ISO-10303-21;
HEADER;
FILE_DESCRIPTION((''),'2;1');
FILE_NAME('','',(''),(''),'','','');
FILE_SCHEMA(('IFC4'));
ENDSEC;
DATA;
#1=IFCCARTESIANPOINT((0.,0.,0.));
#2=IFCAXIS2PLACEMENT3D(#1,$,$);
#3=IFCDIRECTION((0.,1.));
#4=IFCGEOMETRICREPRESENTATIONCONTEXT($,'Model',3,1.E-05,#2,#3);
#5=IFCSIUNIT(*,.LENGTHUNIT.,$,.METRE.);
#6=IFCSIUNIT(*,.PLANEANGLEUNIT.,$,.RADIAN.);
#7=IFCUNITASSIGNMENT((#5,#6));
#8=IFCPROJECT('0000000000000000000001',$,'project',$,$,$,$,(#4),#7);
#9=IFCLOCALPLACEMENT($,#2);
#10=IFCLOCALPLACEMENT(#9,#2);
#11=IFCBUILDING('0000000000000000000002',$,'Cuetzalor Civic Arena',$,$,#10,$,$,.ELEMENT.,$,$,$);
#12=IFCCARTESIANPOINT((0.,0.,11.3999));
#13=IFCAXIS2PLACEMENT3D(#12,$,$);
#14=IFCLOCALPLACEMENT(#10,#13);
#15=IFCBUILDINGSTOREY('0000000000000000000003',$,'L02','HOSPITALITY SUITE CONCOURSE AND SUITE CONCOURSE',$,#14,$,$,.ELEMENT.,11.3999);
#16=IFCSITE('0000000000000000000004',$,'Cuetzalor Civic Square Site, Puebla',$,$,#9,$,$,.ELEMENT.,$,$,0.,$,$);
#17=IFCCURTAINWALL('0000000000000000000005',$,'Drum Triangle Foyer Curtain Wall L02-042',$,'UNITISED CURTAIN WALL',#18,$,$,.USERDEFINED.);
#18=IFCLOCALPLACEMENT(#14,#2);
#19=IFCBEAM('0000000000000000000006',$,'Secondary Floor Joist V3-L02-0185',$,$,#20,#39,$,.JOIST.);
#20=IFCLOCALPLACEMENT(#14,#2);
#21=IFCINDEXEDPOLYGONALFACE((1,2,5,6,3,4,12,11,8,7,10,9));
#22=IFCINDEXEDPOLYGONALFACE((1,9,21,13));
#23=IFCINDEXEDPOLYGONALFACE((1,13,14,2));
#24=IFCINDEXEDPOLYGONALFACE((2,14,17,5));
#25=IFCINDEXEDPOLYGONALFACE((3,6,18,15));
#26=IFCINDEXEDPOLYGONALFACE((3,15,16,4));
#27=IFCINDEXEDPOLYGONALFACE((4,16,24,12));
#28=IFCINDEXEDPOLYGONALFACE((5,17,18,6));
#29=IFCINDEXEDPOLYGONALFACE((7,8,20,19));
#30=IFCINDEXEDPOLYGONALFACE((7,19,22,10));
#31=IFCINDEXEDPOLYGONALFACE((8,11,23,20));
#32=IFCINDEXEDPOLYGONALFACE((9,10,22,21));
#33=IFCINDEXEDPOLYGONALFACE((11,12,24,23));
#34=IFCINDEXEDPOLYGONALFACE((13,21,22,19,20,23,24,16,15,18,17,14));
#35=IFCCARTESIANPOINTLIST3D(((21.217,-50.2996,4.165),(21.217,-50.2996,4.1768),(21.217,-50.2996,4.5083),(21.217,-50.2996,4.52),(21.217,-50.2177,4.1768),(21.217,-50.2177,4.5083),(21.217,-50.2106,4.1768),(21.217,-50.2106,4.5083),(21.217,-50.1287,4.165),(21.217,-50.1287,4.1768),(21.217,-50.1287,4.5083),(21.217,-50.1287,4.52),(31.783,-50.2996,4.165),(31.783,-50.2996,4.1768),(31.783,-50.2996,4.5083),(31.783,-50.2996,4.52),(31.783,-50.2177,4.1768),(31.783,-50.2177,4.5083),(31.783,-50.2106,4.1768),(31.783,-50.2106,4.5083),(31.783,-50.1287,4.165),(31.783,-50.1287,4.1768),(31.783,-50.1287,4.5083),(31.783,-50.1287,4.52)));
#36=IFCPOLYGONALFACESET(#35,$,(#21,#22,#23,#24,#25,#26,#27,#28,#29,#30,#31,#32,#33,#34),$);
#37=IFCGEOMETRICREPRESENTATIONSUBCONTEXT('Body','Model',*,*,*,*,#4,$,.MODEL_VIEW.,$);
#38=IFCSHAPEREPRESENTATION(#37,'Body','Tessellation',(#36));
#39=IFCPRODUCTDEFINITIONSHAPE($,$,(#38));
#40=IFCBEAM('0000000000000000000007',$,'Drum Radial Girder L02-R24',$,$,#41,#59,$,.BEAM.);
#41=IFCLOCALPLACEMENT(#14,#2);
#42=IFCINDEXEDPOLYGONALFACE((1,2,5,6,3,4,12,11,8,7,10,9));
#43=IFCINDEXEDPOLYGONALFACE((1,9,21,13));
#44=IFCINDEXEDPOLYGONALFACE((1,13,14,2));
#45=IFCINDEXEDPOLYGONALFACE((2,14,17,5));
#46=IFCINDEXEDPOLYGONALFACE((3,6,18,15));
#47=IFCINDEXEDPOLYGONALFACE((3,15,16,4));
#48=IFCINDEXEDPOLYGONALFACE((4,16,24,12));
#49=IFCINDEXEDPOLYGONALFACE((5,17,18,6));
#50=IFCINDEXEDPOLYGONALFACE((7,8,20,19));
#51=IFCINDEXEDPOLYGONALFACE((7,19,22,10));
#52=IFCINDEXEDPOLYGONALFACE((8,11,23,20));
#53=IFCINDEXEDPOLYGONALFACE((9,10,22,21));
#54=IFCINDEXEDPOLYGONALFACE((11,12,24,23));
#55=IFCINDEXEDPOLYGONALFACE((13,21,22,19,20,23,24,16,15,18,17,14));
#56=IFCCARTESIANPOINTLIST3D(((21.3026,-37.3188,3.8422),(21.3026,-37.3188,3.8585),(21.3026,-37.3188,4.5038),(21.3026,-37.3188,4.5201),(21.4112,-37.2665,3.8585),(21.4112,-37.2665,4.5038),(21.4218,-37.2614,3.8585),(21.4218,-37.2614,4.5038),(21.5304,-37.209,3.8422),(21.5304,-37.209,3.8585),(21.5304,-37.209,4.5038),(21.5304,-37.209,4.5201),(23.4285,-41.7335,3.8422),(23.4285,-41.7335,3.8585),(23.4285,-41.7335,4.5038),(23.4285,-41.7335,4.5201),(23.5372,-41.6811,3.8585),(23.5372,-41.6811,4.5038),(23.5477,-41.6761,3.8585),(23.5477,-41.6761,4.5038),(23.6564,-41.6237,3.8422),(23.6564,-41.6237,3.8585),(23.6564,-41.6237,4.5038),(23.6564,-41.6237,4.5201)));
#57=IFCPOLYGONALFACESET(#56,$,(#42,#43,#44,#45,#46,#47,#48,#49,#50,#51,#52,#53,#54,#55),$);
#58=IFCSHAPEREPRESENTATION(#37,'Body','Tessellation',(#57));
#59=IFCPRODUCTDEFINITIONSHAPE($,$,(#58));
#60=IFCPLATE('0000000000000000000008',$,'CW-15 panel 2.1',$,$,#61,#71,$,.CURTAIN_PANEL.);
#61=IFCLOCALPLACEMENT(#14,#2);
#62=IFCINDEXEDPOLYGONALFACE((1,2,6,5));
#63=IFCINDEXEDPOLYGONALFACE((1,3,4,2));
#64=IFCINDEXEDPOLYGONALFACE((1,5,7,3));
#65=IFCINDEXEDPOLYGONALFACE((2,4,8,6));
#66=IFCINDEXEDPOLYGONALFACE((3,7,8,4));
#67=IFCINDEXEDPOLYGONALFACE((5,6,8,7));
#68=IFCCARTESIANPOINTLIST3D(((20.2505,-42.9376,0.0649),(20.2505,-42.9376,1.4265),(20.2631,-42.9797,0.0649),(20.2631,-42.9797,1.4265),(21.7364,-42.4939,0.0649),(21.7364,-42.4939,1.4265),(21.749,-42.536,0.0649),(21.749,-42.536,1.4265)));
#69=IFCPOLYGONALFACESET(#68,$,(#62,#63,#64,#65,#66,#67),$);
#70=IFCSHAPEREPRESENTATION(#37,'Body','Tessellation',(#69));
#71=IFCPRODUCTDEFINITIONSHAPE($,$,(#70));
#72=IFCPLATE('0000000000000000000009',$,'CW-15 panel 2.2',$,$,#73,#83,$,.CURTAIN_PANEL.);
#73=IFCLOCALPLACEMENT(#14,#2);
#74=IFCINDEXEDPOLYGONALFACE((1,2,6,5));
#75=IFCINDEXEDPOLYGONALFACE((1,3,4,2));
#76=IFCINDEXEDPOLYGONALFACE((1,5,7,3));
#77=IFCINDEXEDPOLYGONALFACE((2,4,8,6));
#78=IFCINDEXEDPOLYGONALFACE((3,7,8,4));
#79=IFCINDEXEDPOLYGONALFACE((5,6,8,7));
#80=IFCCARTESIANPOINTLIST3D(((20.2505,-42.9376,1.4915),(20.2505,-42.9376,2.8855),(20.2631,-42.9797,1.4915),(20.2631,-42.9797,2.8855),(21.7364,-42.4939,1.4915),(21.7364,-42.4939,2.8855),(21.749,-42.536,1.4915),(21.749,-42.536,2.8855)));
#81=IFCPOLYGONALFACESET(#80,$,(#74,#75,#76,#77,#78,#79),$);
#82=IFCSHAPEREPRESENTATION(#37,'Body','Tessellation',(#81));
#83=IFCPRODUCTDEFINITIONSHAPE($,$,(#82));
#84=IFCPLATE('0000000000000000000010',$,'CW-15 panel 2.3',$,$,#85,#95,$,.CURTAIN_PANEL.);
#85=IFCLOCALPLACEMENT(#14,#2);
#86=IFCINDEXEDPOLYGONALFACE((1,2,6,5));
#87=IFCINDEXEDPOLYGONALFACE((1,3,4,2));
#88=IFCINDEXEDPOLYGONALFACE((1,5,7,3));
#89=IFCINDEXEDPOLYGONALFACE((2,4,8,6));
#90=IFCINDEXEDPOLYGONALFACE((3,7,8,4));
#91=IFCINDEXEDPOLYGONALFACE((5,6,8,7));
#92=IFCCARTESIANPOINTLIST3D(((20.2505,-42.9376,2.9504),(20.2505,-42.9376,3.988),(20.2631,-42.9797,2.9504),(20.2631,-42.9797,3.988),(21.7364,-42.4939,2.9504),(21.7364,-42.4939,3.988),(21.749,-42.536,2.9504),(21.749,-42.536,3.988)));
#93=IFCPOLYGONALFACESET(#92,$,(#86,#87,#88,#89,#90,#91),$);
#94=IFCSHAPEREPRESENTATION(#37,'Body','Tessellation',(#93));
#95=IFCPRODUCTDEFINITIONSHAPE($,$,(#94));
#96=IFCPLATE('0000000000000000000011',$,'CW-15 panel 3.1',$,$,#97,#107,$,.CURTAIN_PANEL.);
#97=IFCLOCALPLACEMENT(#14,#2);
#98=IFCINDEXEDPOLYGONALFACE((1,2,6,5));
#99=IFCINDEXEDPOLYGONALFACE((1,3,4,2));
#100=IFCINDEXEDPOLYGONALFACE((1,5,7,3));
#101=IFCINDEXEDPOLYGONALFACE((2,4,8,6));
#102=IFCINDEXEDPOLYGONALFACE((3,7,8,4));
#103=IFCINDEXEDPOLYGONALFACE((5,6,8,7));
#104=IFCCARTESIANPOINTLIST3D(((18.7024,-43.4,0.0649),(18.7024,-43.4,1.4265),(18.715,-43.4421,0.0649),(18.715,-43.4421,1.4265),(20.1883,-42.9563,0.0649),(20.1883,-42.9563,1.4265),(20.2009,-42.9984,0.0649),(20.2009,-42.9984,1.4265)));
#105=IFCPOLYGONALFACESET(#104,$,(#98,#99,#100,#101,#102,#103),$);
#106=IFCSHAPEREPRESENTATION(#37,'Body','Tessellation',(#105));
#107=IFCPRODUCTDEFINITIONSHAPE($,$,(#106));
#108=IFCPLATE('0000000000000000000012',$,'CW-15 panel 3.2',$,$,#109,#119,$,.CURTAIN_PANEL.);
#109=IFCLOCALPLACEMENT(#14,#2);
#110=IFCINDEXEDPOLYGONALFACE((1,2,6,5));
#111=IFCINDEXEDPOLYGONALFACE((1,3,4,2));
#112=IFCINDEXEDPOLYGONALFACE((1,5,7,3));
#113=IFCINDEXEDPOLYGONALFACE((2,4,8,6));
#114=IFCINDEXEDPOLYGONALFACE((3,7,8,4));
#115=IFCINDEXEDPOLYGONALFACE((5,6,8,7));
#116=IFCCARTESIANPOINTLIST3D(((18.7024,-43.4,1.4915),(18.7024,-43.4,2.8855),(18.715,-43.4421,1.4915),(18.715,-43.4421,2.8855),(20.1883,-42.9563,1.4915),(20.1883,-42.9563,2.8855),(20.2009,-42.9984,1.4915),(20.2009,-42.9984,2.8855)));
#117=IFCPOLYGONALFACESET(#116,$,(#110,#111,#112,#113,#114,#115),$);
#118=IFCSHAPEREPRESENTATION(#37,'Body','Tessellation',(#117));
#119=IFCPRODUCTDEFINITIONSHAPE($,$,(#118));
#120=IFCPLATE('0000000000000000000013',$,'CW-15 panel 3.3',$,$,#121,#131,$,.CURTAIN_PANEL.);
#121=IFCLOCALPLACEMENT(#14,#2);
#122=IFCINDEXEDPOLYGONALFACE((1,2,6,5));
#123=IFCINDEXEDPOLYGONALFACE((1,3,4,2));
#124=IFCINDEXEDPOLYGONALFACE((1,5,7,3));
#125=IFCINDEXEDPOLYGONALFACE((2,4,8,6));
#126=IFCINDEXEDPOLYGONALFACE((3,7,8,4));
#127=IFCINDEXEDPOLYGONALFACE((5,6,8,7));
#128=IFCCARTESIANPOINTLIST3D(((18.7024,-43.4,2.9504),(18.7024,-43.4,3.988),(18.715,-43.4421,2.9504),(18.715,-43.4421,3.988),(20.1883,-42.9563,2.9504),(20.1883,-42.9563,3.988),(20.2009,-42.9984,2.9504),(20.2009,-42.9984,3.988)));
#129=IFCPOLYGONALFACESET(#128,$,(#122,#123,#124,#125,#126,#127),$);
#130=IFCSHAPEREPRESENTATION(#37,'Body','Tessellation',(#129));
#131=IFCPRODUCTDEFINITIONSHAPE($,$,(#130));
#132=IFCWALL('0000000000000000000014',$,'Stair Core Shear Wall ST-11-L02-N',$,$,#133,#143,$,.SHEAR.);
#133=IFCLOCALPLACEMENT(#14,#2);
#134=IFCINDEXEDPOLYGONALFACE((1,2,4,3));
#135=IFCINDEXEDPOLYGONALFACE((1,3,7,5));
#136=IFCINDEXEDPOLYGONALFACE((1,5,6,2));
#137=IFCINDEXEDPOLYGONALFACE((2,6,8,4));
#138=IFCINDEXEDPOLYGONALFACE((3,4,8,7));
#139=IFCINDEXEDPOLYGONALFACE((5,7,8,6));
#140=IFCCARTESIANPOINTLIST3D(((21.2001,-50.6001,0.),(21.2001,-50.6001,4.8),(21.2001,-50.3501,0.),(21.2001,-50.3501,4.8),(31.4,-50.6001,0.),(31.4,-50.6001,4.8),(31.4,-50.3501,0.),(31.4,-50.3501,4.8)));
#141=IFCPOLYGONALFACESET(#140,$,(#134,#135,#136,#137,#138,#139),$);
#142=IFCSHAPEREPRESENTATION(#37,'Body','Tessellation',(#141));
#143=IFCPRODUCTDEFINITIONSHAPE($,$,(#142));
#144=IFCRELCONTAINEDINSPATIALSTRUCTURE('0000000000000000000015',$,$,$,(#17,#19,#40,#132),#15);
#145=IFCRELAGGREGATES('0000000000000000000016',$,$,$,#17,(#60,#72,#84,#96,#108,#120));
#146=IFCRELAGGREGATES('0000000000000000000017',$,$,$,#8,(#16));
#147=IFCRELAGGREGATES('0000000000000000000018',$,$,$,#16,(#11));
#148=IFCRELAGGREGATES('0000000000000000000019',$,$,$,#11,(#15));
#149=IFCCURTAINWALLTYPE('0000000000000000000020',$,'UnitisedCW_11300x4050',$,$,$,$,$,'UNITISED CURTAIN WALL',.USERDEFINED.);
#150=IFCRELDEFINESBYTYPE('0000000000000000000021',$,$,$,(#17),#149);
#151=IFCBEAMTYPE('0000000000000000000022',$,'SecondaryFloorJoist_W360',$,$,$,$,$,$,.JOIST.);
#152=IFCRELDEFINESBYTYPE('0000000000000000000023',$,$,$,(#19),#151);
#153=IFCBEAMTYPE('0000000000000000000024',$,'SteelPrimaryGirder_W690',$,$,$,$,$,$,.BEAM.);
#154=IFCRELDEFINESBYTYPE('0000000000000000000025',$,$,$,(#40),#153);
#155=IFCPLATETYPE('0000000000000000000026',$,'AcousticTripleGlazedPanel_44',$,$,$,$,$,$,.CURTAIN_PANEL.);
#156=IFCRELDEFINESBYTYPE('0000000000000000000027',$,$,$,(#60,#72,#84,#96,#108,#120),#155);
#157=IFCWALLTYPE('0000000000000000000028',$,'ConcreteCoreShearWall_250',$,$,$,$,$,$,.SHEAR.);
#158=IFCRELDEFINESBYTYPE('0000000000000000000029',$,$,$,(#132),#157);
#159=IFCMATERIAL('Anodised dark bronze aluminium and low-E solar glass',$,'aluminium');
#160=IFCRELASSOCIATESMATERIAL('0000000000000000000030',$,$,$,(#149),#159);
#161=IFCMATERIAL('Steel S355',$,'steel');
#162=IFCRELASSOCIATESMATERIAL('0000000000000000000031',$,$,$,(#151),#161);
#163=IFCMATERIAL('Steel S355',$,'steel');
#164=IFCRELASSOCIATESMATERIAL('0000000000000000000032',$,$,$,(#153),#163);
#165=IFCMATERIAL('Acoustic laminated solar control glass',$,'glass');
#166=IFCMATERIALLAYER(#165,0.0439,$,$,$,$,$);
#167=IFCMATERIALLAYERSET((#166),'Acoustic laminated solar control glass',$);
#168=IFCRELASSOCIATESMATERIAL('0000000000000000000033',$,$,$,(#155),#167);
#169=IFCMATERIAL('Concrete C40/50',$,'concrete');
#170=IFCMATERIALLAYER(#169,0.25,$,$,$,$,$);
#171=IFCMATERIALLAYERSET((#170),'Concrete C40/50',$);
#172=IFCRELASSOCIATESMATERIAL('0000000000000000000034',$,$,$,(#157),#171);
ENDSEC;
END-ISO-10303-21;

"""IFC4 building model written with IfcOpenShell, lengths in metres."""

from ifc_helpers import new_model, si_unit, direction, frame, frame_2d, origin, origin_2d, place, context, subcontext, project, spatial, rectangle, i_section, extrude, material, layer, layer_set, material_profile, profile_set, type_object, element, aggregate, save


model = new_model("IFC4")

# Units and contexts
model_context = context("Model", 3, precision=1e-05, world=origin(), true_north=direction((0.0, 1.0)))
body_context = subcontext(model_context, "Body", "Model", "MODEL_VIEW")
ifc_project = project(units=[si_unit("LENGTHUNIT", "METRE"), si_unit("PLANEANGLEUNIT", "RADIAN")], contexts=[model_context])

# Site, building, storey
site_placement = place(None, origin())
site = spatial("IfcSite", under=ifc_project, at=site_placement, Name="Cuetzalor Civic Square Site, Puebla", CompositionType="ELEMENT", RefElevation=0.0)
building_placement = place(site_placement, origin())
building = spatial("IfcBuilding", under=site, at=building_placement, Name="Cuetzalor Civic Arena", CompositionType="ELEMENT")
storey_placement = place(building_placement, frame((0.0, 0.0, 11.3999)))
storey = spatial("IfcBuildingStorey", under=building, at=storey_placement, Name="L02", Description="HOSPITALITY SUITE CONCOURSE AND SUITE CONCOURSE", CompositionType="ELEMENT", Elevation=11.3999)

# Curtain wall
ifc_material_1 = material(Name="Anodised dark bronze aluminium and low-E solar glass", Category="aluminium")
curtain_wall_type = type_object("IfcCurtainWallType", Name="UnitisedCW_11300x4050", ElementType="UNITISED CURTAIN WALL", PredefinedType="USERDEFINED", material=ifc_material_1)
curtain_wall_placement = place(storey_placement, origin())
curtain_wall = element("IfcCurtainWall", 1, at=curtain_wall_placement, inside=storey, type_object=curtain_wall_type, Name="Drum Triangle Foyer Curtain Wall L02-042", ObjectType="UNITISED CURTAIN WALL", PredefinedType="USERDEFINED")

# Beams
ifc_material_2 = material(Name="Steel S355", Category="steel")
ifc_material_profile_1 = material_profile(ifc_material_2, i_section(OverallWidth=0.1709, OverallDepth=0.355, WebThickness=0.0071, FlangeThickness=0.0117, at=origin_2d()), Name="W360x51")
ifc_profile_set_1 = profile_set([ifc_material_profile_1], Name="Steel S355")
beam_type_1 = type_object("IfcBeamType", Name="SecondaryFloorJoist_W360", PredefinedType="JOIST", material=ifc_profile_set_1)
beam_1_placement = place(storey_placement, frame((21.217, -50.2141, 4.3425), z_axis=(1.0, 0.0, 0.0), x_axis=(0.0, 1.0, 0.0)))
element("IfcBeam", 2, at=beam_1_placement, inside=storey, type_object=beam_type_1, Name="Secondary Floor Joist V3-L02-0185", PredefinedType="JOIST", context=body_context, shape_type="SweptSolid", body=[
    extrude(i_section(OverallWidth=0.1709, OverallDepth=0.355, WebThickness=0.0071, FlangeThickness=0.0117, at=origin_2d()), origin(), (0.0, 0.0, 1.0), 10.5659),
])
ifc_material_3 = material(Name="Steel S355", Category="steel")
ifc_material_profile_2 = material_profile(ifc_material_3, i_section(OverallWidth=0.2529, OverallDepth=0.678, WebThickness=0.0117, FlangeThickness=0.0164, at=origin_2d()), Name="W690x125")
ifc_profile_set_2 = profile_set([ifc_material_profile_2], Name="Steel S355")
beam_type_2 = type_object("IfcBeamType", Name="SteelPrimaryGirder_W690", PredefinedType="BEAM", material=ifc_profile_set_2)
beam_2_placement = place(storey_placement, frame((21.4165, -37.2639, 4.1812), z_axis=(0.433871, -0.900975, 0.0), x_axis=(0.900975, 0.433871, 0.0)))
element("IfcBeam", 3, at=beam_2_placement, inside=storey, type_object=beam_type_2, Name="Drum Radial Girder L02-R24", PredefinedType="BEAM", context=body_context, shape_type="SweptSolid", body=[
    extrude(i_section(OverallWidth=0.2529, OverallDepth=0.678, WebThickness=0.0117, FlangeThickness=0.0164, at=origin_2d()), origin(), (0.0, 0.0, 1.0), 4.8999),
])

# Plates
ifc_material_4 = material(Name="Acoustic laminated solar control glass", Category="glass")
ifc_layer_1 = layer(ifc_material_4, 0.0439)
ifc_layer_set_1 = layer_set([ifc_layer_1], Name="Acoustic laminated solar control glass")
plate_type = type_object("IfcPlateType", Name="AcousticTripleGlazedPanel_44", PredefinedType="CURTAIN_PANEL", material=ifc_layer_set_1)
plate_1_placement = place(storey_placement, frame((20.9998, -42.7368, 0.0649), z_axis=(0.0, 0.0, 1.0), x_axis=(-0.958194, -0.28612, 0.0)))
plate_1 = element("IfcPlate", 4, at=plate_1_placement, type_object=plate_type, Name="CW-15 panel 2.1", PredefinedType="CURTAIN_PANEL", context=body_context, shape_type="SweptSolid", body=[
    extrude(rectangle(XDim=1.5508, YDim=0.0439, at=origin_2d()), origin(), (0.0, 0.0, 1.0), 1.3616),
])
plate_2_placement = place(storey_placement, frame((20.9998, -42.7368, 1.4915), z_axis=(0.0, 0.0, 1.0), x_axis=(-0.958194, -0.28612, 0.0)))
plate_2 = element("IfcPlate", 5, at=plate_2_placement, type_object=plate_type, Name="CW-15 panel 2.2", PredefinedType="CURTAIN_PANEL", context=body_context, shape_type="SweptSolid", body=[
    extrude(rectangle(XDim=1.5508, YDim=0.0439, at=origin_2d()), origin(), (0.0, 0.0, 1.0), 1.394),
])
plate_3_placement = place(storey_placement, frame((20.9998, -42.7368, 2.9504), z_axis=(0.0, 0.0, 1.0), x_axis=(-0.958194, -0.28612, 0.0)))
plate_3 = element("IfcPlate", 6, at=plate_3_placement, type_object=plate_type, Name="CW-15 panel 2.3", PredefinedType="CURTAIN_PANEL", context=body_context, shape_type="SweptSolid", body=[
    extrude(rectangle(XDim=1.5508, YDim=0.0439, at=origin_2d()), origin(), (0.0, 0.0, 1.0), 1.0376),
])
plate_4_placement = place(storey_placement, frame((19.4517, -43.1992, 0.0649), z_axis=(0.0, 0.0, 1.0), x_axis=(-0.958194, -0.28612, 0.0)))
plate_4 = element("IfcPlate", 7, at=plate_4_placement, type_object=plate_type, Name="CW-15 panel 3.1", PredefinedType="CURTAIN_PANEL", context=body_context, shape_type="SweptSolid", body=[
    extrude(rectangle(XDim=1.5508, YDim=0.0439, at=origin_2d()), origin(), (0.0, 0.0, 1.0), 1.3616),
])
plate_5_placement = place(storey_placement, frame((19.4517, -43.1992, 1.4915), z_axis=(0.0, 0.0, 1.0), x_axis=(-0.958194, -0.28612, 0.0)))
plate_5 = element("IfcPlate", 8, at=plate_5_placement, type_object=plate_type, Name="CW-15 panel 3.2", PredefinedType="CURTAIN_PANEL", context=body_context, shape_type="SweptSolid", body=[
    extrude(rectangle(XDim=1.5508, YDim=0.0439, at=origin_2d()), origin(), (0.0, 0.0, 1.0), 1.394),
])
plate_6_placement = place(storey_placement, frame((19.4517, -43.1992, 2.9504), z_axis=(0.0, 0.0, 1.0), x_axis=(-0.958194, -0.28612, 0.0)))
plate_6 = element("IfcPlate", 9, at=plate_6_placement, type_object=plate_type, Name="CW-15 panel 3.3", PredefinedType="CURTAIN_PANEL", context=body_context, shape_type="SweptSolid", body=[
    extrude(rectangle(XDim=1.5508, YDim=0.0439, at=origin_2d()), origin(), (0.0, 0.0, 1.0), 1.0376),
])
aggregate(curtain_wall, [plate_1, plate_2, plate_3, plate_4, plate_5, plate_6])

# Wall
ifc_material_5 = material(Name="Concrete C40/50", Category="concrete")
ifc_layer_2 = layer(ifc_material_5, 0.25)
ifc_layer_set_2 = layer_set([ifc_layer_2], Name="Concrete C40/50")
wall_type = type_object("IfcWallType", Name="ConcreteCoreShearWall_250", PredefinedType="SHEAR", material=ifc_layer_set_2)
wall_placement = place(storey_placement, frame((21.2, -50.4751, 0.0), z_axis=(0.0, 0.0, 1.0), x_axis=(1.0, 0.0, 0.0)))
element("IfcWall", 10, at=wall_placement, inside=storey, type_object=wall_type, Name="Stair Core Shear Wall ST-11-L02-N", PredefinedType="SHEAR", context=body_context, shape_type="SweptSolid", body=[
    extrude(rectangle(XDim=10.2, YDim=0.25, at=frame_2d((5.1001, 0.0))), origin(), (0.0, 0.0, 1.0), 4.8),
])

save(model, "model.ifc")
